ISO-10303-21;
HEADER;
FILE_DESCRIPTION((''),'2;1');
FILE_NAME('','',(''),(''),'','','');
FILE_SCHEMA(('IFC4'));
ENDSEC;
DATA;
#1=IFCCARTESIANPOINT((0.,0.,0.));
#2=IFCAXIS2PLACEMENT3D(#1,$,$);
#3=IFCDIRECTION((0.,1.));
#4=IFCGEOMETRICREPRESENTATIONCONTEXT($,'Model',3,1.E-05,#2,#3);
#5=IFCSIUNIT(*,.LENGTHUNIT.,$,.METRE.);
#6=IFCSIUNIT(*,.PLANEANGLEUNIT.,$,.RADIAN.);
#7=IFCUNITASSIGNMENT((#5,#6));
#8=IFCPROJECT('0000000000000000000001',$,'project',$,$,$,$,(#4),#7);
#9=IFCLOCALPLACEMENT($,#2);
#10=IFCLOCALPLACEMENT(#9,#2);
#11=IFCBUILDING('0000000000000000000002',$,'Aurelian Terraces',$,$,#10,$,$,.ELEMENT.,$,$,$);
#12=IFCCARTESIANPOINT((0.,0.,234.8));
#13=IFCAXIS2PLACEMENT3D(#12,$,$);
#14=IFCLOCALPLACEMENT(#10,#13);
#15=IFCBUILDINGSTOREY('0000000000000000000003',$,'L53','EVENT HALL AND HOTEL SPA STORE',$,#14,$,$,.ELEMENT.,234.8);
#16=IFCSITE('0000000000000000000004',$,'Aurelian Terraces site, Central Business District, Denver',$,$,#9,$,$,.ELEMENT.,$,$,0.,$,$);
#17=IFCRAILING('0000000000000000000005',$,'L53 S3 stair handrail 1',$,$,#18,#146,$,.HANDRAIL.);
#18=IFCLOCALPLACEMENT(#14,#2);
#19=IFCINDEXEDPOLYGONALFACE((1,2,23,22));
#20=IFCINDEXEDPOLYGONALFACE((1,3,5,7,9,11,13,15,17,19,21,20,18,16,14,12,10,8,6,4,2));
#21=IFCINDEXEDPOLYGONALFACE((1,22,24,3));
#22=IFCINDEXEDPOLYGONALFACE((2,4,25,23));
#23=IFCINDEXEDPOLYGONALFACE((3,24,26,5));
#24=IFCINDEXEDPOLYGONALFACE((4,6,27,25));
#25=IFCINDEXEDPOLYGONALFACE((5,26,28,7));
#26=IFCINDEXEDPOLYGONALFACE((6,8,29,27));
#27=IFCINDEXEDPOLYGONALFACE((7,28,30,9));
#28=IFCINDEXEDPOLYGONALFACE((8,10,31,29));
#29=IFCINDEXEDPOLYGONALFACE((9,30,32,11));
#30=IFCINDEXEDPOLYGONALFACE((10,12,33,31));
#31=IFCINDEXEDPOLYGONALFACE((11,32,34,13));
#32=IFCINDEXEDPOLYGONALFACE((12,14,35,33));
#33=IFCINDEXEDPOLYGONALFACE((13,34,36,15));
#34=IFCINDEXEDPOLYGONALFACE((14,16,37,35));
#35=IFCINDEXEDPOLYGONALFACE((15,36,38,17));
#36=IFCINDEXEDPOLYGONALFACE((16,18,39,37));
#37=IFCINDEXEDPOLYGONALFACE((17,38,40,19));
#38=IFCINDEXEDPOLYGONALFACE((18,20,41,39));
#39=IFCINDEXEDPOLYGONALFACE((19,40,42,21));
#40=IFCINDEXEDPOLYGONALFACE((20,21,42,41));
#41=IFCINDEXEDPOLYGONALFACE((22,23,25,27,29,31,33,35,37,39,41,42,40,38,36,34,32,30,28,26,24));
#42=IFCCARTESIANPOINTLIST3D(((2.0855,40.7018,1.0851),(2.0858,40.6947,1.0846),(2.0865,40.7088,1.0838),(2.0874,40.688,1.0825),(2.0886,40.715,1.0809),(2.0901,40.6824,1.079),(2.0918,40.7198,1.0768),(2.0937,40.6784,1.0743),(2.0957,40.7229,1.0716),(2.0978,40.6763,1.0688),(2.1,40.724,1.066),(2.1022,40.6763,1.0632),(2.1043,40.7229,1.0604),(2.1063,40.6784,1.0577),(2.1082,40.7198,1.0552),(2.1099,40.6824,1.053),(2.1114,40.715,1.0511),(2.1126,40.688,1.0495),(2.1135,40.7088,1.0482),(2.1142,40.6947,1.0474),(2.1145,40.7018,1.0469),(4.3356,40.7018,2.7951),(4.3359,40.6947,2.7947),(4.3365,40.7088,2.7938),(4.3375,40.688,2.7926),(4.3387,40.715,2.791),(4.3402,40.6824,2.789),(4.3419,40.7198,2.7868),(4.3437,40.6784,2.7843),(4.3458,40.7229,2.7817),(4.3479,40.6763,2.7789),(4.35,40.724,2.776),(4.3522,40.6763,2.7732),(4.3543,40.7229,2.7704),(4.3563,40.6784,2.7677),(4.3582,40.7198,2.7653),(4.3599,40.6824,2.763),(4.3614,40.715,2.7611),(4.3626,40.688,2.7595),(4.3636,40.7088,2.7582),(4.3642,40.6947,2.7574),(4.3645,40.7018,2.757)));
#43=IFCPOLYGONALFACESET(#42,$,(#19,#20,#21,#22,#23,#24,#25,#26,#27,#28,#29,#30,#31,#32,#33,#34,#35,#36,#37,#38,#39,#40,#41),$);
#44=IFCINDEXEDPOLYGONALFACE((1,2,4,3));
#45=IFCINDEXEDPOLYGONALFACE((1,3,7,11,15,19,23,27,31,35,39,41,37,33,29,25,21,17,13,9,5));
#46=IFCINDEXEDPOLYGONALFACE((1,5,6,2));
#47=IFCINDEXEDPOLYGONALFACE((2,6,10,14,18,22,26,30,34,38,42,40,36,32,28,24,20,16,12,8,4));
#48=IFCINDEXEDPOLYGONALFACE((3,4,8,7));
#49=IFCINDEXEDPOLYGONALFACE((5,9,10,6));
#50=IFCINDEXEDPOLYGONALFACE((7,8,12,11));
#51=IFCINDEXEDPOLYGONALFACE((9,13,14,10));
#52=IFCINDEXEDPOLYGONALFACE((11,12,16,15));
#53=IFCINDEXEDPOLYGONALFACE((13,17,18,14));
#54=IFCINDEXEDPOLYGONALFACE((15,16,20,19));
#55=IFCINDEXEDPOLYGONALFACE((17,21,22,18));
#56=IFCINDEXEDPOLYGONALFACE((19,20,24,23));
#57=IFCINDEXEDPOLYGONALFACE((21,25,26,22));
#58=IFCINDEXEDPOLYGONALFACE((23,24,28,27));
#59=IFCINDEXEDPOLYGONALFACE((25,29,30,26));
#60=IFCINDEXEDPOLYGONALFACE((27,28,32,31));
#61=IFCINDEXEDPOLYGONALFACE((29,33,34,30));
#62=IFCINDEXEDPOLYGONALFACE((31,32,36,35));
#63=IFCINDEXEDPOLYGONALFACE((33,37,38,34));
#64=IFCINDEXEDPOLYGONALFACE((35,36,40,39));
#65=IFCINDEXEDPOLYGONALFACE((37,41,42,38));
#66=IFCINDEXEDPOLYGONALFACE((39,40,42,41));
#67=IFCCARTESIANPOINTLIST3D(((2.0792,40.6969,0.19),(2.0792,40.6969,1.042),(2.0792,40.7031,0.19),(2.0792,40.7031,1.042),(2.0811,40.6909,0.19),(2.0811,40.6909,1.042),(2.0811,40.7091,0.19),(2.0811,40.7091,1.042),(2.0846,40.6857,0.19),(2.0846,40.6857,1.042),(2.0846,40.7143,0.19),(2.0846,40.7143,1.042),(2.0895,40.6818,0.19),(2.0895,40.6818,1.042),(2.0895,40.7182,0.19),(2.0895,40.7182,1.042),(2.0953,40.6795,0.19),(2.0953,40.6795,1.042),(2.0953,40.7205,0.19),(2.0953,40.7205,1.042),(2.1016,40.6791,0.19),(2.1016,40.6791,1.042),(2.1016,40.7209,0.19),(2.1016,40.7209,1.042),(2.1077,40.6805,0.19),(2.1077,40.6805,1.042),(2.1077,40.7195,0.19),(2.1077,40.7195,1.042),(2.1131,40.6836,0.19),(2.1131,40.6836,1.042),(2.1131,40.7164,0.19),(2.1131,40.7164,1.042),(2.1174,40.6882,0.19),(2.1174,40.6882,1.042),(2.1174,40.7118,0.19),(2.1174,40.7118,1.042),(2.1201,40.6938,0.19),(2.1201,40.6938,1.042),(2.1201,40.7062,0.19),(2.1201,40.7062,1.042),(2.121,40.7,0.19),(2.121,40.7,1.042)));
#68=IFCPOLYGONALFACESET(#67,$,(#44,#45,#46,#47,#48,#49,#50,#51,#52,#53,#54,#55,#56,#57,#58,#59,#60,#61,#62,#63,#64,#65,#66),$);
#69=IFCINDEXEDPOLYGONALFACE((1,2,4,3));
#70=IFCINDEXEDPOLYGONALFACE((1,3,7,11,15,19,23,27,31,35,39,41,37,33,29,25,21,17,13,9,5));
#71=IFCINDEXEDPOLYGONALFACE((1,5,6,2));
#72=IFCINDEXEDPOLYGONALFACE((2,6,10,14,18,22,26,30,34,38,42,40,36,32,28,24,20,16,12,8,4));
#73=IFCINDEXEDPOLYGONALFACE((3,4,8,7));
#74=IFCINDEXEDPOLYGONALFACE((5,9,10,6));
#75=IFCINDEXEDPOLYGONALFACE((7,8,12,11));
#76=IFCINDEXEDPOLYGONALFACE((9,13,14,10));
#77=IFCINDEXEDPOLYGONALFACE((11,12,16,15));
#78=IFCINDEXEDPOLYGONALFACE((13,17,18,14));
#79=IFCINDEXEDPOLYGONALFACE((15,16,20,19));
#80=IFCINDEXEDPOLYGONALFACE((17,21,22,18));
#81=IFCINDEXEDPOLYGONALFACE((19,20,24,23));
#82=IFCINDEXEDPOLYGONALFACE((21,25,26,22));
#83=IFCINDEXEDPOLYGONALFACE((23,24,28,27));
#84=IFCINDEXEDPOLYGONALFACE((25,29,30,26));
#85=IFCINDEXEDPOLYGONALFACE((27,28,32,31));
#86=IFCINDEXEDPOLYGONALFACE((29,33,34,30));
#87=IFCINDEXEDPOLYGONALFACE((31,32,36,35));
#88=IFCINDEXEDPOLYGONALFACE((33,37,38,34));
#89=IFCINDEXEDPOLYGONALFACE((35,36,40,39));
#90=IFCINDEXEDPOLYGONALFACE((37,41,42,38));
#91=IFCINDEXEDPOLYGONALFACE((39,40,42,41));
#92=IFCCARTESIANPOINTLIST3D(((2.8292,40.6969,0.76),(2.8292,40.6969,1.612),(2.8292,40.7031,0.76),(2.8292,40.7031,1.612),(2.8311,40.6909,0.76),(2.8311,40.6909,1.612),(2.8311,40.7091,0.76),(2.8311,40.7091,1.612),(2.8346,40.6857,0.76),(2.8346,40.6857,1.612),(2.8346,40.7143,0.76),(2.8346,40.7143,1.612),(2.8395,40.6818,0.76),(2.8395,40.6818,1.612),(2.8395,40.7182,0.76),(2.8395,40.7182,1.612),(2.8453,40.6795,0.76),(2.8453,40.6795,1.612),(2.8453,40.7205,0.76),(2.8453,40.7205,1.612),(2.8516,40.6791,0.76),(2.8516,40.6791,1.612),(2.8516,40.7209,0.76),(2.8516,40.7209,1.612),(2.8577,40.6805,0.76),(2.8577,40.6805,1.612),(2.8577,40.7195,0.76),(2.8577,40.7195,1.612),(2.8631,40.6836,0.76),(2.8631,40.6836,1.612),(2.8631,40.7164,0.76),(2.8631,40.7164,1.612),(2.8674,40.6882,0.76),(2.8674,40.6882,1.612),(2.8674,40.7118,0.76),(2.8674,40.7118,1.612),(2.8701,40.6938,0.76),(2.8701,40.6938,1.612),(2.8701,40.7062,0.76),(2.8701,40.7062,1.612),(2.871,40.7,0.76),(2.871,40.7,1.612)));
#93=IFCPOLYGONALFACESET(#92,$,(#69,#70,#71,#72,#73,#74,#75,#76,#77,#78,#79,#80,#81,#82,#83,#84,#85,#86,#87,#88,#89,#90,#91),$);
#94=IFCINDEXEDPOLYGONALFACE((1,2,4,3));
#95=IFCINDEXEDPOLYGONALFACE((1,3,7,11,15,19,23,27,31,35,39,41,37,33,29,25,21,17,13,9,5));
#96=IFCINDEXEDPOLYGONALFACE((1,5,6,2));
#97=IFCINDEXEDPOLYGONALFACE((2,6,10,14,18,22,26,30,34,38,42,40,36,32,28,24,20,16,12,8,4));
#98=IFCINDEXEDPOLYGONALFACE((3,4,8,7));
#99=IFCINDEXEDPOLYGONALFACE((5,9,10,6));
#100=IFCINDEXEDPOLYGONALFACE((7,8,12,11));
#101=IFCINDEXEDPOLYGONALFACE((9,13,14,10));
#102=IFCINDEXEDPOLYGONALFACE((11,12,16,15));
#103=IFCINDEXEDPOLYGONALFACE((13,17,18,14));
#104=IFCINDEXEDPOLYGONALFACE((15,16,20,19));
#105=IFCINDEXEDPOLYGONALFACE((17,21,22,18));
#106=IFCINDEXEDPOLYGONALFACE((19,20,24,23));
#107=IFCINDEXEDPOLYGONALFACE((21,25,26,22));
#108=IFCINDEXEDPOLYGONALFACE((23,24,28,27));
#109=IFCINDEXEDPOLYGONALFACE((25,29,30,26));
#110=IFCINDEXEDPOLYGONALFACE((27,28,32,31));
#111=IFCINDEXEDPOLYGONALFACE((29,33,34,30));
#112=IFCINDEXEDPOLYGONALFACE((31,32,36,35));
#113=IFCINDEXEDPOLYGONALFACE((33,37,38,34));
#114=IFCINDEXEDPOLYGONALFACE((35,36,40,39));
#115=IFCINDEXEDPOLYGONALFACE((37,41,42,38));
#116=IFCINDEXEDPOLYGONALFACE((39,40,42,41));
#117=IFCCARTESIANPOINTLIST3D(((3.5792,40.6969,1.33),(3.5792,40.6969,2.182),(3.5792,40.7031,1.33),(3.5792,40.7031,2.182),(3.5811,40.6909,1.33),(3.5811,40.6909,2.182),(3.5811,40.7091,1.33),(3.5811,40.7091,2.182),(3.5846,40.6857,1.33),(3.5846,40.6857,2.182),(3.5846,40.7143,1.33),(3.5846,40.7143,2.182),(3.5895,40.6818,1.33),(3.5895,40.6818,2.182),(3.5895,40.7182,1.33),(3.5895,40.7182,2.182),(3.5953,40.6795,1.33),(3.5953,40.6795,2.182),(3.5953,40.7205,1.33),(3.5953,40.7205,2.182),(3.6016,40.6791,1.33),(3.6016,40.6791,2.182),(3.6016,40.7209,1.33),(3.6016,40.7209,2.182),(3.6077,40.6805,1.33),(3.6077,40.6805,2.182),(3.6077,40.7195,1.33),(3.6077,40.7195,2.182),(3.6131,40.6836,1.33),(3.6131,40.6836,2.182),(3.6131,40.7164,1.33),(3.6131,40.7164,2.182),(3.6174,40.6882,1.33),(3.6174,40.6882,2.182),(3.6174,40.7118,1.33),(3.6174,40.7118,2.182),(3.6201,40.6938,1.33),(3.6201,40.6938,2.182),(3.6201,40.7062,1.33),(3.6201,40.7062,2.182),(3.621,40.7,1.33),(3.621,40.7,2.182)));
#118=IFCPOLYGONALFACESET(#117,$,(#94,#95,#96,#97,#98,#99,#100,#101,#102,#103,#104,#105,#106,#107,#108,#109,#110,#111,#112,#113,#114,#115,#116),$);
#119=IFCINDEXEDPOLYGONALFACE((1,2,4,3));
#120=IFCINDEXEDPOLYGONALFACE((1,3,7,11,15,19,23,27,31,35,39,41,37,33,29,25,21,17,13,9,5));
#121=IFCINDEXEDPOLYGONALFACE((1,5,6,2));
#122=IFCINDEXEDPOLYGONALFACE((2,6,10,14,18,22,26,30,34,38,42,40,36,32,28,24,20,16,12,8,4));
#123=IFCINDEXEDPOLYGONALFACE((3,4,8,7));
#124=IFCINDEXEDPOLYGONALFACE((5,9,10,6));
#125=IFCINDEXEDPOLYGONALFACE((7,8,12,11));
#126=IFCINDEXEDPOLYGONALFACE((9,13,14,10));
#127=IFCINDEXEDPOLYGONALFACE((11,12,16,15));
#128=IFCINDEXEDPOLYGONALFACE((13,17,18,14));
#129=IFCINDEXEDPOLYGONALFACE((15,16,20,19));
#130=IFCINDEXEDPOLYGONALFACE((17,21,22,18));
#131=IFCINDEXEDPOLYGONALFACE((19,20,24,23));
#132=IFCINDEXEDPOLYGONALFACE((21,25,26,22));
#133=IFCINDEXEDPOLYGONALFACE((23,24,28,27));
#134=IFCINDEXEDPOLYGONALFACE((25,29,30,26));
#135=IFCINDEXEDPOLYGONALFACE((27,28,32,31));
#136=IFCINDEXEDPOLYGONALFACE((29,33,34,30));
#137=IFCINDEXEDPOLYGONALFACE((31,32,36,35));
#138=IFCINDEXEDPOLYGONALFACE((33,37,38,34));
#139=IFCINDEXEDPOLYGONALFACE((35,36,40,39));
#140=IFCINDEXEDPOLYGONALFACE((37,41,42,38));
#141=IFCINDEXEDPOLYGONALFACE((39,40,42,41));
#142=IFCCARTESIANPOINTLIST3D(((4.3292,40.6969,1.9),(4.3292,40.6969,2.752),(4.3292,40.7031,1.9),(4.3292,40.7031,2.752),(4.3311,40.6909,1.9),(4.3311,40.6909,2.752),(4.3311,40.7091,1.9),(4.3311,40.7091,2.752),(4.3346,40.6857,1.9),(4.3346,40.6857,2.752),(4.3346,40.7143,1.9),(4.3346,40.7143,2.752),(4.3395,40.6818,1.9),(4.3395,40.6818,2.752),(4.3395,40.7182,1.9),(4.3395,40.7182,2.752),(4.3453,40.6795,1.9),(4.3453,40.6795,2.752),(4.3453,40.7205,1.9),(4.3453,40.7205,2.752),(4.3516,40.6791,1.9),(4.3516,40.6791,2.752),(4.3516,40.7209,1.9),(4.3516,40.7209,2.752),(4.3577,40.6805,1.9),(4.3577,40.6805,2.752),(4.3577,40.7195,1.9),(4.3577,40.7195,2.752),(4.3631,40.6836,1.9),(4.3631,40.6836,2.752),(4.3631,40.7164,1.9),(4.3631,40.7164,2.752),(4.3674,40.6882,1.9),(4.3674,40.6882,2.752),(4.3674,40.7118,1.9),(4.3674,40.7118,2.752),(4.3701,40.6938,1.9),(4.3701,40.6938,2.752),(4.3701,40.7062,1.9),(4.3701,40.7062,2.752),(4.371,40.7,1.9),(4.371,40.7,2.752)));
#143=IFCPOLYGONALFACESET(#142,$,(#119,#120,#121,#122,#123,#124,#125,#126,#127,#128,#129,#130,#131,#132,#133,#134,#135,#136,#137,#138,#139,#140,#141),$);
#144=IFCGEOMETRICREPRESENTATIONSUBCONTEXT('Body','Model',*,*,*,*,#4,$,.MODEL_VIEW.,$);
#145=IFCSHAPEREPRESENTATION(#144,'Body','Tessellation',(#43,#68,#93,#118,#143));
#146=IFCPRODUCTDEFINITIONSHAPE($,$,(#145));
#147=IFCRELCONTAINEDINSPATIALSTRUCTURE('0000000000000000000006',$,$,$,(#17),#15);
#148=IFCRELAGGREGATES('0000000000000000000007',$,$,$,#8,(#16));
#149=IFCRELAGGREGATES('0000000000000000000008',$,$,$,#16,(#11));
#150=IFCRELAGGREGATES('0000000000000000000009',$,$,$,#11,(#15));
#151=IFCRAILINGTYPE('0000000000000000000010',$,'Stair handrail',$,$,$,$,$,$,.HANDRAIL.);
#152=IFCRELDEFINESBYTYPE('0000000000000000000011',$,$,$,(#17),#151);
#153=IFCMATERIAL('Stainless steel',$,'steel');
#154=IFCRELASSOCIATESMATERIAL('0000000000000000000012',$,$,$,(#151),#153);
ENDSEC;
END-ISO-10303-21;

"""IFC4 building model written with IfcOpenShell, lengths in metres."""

from ifc_helpers import new_model, si_unit, direction, frame, origin, origin_2d, place, context, subcontext, project, spatial, circle, extrude, source, transform, mapped, material, type_object, element, save


model = new_model("IFC4")

# Units and contexts
model_context = context("Model", 3, precision=1e-05, world=origin(), true_north=direction((0.0, 1.0)))
body_context = subcontext(model_context, "Body", "Model", "MODEL_VIEW")
ifc_project = project(units=[si_unit("LENGTHUNIT", "METRE"), si_unit("PLANEANGLEUNIT", "RADIAN")], contexts=[model_context])

# Site, building, storey
site_placement = place(None, origin())
site = spatial("IfcSite", under=ifc_project, at=site_placement, Name="Aurelian Terraces site, Central Business District, Denver", CompositionType="ELEMENT", RefElevation=0.0)
building_placement = place(site_placement, origin())
building = spatial("IfcBuilding", under=site, at=building_placement, Name="Aurelian Terraces", CompositionType="ELEMENT")
storey_placement = place(building_placement, frame((0.0, 0.0, 234.8)))
storey = spatial("IfcBuildingStorey", under=building, at=storey_placement, Name="L53", Description="EVENT HALL AND HOTEL SPA STORE", CompositionType="ELEMENT", Elevation=234.8)

# Railing
ifc_material_1 = material(Name="Stainless steel", Category="steel")
railing_type_1 = type_object("IfcRailingType", Name="Stair handrail", PredefinedType="HANDRAIL", material=ifc_material_1)
shared_shape_1 = source(origin(), body_context, "Body", "SweptSolid", [
    extrude(circle(Radius=0.024, at=origin_2d()), frame((0.0, 0.0, 0.876), z_axis=(0.796162, 0.0, 0.605083), x_axis=(0.0, 1.0, 0.0)), (0.0, 0.0, 1.0), 2.8261),
    extrude(circle(Radius=0.021, at=origin_2d()), origin(), (0.0, 0.0, 1.0), 0.852),
    extrude(circle(Radius=0.021, at=origin_2d()), frame((0.75, 0.0, 0.57)), (0.0, 0.0, 1.0), 0.852),
    extrude(circle(Radius=0.021, at=origin_2d()), frame((1.5, 0.0, 1.14)), (0.0, 0.0, 1.0), 0.852),
    extrude(circle(Radius=0.021, at=origin_2d()), frame((2.25, 0.0, 1.71)), (0.0, 0.0, 1.0), 0.852),
])
railing_1_placement = place(storey_placement, frame((2.1, 40.7, 0.19)))
element("IfcRailing", 1, at=railing_1_placement, inside=storey, type_object=railing_type_1, Name="L53 S3 stair handrail 1", PredefinedType="HANDRAIL", context=body_context, shape_type="MappedRepresentation", body=[
    mapped(shared_shape_1, transform((0.0, 0.0, 0.0), scale=1.0)),
])

save(model, "model.ifc")
